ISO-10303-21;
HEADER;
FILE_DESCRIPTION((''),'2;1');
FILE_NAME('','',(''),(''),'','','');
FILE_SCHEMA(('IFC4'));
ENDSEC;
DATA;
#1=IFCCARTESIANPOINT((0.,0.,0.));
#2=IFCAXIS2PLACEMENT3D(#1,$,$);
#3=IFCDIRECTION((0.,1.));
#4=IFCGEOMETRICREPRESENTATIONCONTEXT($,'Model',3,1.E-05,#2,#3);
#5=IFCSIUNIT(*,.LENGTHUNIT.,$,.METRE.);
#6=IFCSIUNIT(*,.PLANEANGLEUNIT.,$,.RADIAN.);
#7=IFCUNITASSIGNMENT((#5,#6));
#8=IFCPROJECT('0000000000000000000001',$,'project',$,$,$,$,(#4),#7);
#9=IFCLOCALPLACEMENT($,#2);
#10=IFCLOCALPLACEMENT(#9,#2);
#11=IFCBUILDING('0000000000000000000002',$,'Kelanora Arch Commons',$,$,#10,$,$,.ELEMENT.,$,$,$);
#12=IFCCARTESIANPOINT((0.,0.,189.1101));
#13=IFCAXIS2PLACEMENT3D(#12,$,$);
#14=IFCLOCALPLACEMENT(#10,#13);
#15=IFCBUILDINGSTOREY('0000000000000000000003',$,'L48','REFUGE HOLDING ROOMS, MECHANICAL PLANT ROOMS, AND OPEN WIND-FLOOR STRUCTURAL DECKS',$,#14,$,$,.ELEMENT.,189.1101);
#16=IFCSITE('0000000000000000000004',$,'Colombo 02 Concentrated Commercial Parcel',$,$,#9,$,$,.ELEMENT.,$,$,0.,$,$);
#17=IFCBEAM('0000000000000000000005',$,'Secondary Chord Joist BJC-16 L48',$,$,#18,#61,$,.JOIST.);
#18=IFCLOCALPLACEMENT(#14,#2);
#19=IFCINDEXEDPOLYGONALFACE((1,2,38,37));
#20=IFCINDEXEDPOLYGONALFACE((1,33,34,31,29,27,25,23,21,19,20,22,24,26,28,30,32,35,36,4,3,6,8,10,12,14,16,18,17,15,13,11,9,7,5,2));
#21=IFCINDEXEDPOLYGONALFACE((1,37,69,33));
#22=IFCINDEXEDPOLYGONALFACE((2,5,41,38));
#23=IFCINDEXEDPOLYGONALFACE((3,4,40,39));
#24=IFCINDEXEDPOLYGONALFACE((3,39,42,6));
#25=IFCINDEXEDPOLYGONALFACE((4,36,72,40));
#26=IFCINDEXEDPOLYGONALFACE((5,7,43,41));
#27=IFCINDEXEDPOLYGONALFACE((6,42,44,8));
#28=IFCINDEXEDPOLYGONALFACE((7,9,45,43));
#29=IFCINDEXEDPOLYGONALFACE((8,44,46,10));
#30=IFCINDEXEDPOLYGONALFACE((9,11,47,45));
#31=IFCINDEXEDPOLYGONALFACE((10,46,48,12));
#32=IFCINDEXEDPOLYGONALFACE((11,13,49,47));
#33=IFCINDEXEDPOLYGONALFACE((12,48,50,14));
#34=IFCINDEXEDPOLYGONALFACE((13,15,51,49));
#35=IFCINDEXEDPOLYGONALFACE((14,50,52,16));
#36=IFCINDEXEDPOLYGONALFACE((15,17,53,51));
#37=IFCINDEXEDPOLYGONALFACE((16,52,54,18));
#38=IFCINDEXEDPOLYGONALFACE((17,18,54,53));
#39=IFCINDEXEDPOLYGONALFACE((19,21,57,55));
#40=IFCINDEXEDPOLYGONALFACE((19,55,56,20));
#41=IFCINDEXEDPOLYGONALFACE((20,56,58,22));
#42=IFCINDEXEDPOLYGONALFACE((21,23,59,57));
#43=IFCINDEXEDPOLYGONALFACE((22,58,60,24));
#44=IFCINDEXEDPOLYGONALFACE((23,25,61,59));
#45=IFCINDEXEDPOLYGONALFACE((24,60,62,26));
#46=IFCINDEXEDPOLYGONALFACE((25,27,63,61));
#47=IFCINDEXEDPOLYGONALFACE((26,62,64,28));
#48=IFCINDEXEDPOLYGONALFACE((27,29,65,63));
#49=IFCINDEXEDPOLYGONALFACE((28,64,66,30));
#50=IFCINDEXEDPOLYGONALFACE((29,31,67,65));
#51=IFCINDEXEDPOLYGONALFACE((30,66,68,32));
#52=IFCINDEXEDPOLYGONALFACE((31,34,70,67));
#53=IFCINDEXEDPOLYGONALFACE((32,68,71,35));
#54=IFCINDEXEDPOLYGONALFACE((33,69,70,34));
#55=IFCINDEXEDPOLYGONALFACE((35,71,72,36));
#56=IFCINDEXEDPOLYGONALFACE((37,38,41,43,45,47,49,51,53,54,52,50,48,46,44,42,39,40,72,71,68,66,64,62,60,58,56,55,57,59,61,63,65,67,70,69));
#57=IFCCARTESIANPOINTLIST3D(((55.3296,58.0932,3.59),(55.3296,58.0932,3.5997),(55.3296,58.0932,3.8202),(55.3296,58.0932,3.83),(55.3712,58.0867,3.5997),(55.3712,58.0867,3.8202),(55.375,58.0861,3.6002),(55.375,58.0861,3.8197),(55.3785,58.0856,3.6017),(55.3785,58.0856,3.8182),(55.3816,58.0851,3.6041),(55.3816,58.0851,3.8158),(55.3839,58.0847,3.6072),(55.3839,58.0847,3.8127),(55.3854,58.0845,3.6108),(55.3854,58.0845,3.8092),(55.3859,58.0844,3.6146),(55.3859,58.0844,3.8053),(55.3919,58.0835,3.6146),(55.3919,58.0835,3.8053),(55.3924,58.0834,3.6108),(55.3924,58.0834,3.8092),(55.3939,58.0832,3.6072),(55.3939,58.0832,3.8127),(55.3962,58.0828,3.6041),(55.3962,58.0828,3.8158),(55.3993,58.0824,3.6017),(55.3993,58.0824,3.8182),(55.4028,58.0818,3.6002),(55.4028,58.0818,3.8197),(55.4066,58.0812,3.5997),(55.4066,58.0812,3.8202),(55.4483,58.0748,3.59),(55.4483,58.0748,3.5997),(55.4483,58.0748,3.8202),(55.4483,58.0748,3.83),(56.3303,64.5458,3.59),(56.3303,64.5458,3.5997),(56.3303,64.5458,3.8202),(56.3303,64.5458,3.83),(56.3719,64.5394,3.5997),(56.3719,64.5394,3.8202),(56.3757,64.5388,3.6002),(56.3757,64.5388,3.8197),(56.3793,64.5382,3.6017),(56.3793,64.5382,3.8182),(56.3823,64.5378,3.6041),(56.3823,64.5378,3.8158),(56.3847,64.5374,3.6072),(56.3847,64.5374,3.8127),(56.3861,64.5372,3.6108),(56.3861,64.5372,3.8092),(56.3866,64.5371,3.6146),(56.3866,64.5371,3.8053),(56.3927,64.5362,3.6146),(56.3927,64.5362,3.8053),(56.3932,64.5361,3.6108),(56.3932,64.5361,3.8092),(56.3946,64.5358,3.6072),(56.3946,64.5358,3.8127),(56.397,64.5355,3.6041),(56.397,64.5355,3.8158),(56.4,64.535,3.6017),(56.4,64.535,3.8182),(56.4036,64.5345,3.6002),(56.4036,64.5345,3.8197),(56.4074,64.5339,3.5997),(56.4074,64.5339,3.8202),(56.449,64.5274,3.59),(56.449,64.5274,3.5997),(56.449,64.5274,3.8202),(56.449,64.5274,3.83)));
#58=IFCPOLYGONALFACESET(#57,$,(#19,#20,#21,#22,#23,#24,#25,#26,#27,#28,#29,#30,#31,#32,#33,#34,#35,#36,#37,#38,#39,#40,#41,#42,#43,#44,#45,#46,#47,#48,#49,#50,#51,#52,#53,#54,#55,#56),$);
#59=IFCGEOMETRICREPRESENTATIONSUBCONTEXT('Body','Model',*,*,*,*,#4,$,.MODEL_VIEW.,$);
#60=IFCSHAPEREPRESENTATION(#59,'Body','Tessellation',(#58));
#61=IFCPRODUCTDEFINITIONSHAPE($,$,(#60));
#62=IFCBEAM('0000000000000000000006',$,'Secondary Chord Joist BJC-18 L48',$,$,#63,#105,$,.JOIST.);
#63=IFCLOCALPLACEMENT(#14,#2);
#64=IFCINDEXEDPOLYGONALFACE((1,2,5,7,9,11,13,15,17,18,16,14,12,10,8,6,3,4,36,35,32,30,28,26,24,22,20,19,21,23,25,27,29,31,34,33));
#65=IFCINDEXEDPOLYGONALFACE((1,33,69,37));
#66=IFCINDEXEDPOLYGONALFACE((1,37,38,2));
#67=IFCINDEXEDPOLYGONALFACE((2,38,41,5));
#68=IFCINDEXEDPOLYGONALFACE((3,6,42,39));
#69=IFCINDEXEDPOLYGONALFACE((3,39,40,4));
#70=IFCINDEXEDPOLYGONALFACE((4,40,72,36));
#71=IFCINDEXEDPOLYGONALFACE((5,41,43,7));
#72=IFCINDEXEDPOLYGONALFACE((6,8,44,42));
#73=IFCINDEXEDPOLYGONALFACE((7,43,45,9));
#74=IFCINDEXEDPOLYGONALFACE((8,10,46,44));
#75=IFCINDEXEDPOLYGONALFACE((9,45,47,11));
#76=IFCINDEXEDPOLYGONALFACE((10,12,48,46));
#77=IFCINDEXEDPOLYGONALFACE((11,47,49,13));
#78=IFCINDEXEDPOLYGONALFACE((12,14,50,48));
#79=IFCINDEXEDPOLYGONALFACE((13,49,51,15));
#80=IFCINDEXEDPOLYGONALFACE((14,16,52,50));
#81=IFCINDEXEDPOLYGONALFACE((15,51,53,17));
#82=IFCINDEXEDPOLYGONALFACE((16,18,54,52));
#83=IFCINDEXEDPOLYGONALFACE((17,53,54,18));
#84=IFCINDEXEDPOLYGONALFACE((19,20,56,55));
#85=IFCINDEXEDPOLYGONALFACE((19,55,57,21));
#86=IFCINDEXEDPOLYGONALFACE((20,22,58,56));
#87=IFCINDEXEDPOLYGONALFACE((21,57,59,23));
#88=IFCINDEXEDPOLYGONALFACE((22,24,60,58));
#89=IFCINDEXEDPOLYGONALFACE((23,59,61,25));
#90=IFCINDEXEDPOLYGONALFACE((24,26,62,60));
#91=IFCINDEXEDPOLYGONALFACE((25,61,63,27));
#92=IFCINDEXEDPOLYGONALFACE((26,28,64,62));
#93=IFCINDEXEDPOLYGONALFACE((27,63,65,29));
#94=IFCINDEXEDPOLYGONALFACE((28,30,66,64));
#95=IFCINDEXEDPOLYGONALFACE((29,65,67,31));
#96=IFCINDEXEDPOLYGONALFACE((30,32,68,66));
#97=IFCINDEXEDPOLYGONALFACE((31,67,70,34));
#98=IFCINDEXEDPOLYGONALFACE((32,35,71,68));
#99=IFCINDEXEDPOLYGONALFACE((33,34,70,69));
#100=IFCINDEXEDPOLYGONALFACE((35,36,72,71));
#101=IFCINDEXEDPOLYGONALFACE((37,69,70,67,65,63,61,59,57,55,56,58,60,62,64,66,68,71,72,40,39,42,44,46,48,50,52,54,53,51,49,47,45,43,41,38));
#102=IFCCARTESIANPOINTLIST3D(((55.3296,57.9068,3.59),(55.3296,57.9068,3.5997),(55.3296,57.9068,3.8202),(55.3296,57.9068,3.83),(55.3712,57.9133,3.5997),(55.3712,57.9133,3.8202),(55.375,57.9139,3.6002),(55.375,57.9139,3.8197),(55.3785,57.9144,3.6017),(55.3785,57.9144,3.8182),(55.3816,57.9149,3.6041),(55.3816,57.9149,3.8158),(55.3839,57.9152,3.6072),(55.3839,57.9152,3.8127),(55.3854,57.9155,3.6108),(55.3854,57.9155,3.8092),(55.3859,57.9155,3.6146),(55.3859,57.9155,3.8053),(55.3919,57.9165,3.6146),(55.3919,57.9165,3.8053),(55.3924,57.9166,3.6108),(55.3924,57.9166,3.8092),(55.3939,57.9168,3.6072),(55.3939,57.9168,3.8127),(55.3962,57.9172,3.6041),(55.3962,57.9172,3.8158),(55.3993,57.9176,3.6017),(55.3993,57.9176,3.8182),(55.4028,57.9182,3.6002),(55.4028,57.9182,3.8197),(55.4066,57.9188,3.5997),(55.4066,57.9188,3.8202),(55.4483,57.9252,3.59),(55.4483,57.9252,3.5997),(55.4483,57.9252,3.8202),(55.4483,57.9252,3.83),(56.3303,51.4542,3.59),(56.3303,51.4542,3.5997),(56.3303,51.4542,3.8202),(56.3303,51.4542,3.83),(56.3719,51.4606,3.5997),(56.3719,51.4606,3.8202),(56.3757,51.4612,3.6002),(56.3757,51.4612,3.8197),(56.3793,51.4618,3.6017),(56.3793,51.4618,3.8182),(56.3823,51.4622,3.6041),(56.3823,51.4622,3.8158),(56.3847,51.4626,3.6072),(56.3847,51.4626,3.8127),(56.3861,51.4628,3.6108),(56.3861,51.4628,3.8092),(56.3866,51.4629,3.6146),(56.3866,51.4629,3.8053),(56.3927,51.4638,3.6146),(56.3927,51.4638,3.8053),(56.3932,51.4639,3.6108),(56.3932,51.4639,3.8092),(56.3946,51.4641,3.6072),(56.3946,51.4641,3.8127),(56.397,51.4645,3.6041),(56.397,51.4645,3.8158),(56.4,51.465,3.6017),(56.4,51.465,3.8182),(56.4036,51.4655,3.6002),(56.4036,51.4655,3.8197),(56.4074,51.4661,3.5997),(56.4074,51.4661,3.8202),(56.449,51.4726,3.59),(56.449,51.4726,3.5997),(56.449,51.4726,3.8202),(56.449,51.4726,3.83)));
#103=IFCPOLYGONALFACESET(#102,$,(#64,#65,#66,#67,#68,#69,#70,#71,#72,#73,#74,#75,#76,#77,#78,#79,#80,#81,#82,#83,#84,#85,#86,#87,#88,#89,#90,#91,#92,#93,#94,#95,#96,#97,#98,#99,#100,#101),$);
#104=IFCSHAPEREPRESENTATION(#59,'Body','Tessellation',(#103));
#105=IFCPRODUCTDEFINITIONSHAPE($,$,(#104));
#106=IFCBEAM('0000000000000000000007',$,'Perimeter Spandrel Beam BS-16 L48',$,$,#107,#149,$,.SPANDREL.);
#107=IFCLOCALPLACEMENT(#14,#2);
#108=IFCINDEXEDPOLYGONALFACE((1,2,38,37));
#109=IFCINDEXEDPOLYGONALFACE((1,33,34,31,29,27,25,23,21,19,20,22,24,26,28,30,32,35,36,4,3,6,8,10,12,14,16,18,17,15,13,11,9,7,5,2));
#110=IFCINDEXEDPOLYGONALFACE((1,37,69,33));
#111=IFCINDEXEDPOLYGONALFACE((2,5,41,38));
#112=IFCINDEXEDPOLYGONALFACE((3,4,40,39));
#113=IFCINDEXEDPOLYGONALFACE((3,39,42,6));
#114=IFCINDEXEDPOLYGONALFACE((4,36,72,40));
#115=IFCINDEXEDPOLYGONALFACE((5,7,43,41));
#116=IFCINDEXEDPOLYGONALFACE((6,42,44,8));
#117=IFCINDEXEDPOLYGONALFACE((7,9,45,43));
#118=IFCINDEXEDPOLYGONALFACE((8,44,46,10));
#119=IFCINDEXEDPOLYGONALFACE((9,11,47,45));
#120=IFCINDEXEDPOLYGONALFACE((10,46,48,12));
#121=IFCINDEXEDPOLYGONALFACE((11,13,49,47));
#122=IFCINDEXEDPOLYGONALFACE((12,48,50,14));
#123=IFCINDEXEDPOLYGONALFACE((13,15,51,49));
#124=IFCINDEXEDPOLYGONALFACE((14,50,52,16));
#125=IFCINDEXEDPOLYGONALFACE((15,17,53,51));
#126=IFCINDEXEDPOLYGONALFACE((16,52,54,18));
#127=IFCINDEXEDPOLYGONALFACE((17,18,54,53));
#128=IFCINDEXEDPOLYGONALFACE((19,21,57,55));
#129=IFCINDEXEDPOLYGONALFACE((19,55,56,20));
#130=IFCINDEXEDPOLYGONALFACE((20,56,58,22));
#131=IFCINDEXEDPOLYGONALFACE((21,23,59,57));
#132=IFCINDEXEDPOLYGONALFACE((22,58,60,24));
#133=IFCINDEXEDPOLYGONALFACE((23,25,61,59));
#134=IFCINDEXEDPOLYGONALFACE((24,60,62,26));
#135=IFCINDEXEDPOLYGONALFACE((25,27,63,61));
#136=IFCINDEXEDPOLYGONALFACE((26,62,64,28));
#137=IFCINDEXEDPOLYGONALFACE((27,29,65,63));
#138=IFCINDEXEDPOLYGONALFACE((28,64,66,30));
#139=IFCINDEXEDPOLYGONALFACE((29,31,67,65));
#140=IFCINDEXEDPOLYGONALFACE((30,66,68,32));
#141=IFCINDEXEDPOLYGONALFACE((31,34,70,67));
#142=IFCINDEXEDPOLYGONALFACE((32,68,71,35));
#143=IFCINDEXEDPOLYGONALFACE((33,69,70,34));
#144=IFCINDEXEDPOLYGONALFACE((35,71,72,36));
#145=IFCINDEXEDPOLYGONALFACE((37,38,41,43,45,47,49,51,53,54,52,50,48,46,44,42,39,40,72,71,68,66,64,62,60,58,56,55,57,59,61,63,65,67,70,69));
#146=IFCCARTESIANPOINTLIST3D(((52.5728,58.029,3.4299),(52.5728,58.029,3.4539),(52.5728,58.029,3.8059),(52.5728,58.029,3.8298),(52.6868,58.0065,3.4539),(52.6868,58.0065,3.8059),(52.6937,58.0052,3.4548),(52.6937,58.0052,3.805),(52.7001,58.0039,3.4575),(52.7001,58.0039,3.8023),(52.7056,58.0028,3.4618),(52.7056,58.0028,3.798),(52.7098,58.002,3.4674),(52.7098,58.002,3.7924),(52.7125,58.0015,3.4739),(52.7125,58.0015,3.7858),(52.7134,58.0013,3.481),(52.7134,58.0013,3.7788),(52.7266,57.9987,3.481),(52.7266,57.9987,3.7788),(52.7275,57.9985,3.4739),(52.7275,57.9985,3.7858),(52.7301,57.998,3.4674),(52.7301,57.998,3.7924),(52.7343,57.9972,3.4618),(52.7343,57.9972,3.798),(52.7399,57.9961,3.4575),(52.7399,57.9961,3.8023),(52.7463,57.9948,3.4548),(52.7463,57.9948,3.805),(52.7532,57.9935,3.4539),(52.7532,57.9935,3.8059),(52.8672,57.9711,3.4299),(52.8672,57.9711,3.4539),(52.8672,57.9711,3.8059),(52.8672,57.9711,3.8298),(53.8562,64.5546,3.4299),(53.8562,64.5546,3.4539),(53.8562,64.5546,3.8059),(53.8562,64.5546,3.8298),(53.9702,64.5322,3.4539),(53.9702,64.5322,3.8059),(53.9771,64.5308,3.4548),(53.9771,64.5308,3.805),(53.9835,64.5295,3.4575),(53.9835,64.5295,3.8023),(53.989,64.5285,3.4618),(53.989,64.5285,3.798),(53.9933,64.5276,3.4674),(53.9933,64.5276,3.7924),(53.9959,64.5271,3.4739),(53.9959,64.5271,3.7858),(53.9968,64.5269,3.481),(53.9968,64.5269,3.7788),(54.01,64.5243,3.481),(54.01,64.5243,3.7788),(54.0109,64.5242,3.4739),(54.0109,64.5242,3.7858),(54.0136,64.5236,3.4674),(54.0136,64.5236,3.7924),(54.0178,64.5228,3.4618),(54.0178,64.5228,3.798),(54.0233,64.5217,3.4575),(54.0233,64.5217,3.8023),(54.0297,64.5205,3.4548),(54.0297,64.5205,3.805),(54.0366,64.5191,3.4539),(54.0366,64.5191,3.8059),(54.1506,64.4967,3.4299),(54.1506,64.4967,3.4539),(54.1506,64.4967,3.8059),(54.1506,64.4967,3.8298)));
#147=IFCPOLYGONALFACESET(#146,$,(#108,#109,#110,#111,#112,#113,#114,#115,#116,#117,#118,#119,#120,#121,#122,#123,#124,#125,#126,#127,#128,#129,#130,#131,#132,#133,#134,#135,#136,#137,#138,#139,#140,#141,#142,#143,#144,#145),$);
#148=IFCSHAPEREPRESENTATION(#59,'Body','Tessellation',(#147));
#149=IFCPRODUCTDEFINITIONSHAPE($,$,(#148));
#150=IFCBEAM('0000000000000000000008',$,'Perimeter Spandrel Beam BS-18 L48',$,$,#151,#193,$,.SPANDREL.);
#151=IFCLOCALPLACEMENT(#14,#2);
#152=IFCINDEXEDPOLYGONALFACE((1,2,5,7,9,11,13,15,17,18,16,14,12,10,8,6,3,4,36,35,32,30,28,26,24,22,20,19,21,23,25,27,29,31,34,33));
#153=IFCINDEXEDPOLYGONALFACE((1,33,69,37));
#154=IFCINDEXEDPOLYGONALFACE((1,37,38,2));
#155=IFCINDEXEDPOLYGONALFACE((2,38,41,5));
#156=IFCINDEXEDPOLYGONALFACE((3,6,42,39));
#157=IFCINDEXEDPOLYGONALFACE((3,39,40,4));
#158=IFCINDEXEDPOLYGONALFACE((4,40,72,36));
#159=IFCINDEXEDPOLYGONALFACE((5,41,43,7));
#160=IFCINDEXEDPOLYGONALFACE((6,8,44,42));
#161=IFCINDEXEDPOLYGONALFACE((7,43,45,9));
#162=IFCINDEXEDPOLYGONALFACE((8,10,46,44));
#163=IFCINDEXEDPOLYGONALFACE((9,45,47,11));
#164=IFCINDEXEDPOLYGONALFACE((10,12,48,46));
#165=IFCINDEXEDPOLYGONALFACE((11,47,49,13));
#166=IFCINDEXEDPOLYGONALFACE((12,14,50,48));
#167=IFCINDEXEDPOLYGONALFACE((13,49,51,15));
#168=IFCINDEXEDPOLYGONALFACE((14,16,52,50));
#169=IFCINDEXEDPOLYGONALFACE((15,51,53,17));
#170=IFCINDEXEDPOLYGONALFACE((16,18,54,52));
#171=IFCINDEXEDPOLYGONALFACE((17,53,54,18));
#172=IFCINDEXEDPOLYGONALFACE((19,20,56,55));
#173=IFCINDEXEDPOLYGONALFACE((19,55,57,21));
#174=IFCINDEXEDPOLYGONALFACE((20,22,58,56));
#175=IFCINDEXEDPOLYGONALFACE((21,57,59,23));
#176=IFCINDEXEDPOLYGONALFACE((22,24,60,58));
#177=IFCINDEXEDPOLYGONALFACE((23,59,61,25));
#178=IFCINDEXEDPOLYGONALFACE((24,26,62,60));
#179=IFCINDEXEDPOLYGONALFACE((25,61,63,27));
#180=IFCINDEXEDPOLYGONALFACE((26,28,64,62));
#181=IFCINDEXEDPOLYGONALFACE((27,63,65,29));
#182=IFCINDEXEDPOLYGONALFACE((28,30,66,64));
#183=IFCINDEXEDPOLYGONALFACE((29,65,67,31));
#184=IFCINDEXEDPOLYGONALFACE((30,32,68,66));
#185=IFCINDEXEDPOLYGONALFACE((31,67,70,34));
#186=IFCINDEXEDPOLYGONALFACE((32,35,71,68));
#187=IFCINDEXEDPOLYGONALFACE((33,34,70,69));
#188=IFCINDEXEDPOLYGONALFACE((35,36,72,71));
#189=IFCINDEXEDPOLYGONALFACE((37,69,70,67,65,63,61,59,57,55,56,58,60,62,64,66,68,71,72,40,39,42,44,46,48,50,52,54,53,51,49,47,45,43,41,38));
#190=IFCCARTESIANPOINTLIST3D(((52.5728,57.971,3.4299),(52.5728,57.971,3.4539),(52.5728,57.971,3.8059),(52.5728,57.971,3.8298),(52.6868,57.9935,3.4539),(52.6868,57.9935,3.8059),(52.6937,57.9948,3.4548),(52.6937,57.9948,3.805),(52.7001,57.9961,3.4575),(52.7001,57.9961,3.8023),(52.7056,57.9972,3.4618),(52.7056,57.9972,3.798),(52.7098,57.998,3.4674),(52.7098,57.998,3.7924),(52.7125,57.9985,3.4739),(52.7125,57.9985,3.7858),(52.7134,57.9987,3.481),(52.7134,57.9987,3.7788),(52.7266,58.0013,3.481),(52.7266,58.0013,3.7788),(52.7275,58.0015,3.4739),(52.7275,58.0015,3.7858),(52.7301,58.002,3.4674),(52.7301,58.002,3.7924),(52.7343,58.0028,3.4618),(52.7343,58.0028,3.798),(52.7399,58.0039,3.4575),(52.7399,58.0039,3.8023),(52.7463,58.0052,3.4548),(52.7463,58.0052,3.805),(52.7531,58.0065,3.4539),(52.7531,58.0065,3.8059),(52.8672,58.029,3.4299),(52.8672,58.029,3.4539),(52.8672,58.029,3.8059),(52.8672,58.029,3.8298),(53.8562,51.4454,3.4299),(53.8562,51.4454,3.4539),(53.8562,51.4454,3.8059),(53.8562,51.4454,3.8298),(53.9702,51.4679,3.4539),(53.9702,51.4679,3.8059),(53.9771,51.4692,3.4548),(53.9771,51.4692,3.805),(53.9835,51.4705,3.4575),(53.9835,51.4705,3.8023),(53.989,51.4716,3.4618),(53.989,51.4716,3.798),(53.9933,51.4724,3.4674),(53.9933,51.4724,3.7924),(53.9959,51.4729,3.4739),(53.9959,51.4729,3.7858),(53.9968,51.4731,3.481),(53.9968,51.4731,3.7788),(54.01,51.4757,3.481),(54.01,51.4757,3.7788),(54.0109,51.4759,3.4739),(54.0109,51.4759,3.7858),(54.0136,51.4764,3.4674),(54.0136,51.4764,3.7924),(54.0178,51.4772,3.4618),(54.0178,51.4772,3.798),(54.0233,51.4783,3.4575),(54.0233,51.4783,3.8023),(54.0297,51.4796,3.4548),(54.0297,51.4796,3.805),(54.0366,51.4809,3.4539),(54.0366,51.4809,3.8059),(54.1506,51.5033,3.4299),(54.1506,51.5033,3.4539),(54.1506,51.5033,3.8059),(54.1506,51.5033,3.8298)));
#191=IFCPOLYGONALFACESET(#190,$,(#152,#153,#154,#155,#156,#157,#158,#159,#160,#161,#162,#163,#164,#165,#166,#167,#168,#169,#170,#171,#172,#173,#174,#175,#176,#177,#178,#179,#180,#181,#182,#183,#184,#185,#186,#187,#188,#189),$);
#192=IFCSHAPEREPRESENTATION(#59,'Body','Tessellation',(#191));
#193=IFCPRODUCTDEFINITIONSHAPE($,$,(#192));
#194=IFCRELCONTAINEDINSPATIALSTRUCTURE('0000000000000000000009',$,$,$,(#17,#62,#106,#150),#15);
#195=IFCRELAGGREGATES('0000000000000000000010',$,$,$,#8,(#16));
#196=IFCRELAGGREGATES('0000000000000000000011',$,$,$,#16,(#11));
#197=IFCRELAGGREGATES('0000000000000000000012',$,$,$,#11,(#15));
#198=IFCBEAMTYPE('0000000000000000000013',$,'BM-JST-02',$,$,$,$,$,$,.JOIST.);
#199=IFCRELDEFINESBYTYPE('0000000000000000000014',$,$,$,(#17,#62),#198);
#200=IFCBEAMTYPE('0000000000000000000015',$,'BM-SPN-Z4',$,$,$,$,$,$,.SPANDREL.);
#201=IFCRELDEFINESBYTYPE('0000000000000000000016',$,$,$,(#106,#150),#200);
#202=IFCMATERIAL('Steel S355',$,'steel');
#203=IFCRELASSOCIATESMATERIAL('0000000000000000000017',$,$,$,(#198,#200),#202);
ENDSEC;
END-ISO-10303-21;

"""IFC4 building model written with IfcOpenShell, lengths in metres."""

from ifc_helpers import new_model, si_unit, direction, frame, origin, origin_2d, place, context, subcontext, project, spatial, i_section, extrude, material, material_profile, profile_set, type_object, element, save


model = new_model("IFC4")

# Units and contexts
model_context = context("Model", 3, precision=1e-05, world=origin(), true_north=direction((0.0, 1.0)))
body_context = subcontext(model_context, "Body", "Model", "MODEL_VIEW")
ifc_project = project(units=[si_unit("LENGTHUNIT", "METRE"), si_unit("PLANEANGLEUNIT", "RADIAN")], contexts=[model_context])

# Site, building, storey
site_placement = place(None, origin())
site = spatial("IfcSite", under=ifc_project, at=site_placement, Name="Colombo 02 Concentrated Commercial Parcel", CompositionType="ELEMENT", RefElevation=0.0)
building_placement = place(site_placement, origin())
building = spatial("IfcBuilding", under=site, at=building_placement, Name="Kelanora Arch Commons", CompositionType="ELEMENT")
storey_placement = place(building_placement, frame((0.0, 0.0, 189.1101)))
storey = spatial("IfcBuildingStorey", under=building, at=storey_placement, Name="L48", Description="REFUGE HOLDING ROOMS, MECHANICAL PLANT ROOMS, AND OPEN WIND-FLOOR STRUCTURAL DECKS", CompositionType="ELEMENT", Elevation=189.1101)

# Beams
ifc_material_1 = material(Name="Steel S355", Category="steel")
ifc_material_profile_1 = material_profile(ifc_material_1, i_section(OverallWidth=0.1201, OverallDepth=0.24, WebThickness=0.0061, FlangeThickness=0.0098, FilletRadius=0.0149, at=origin_2d()), Name="IPE240")
ifc_profile_set_1 = profile_set([ifc_material_profile_1], Name="Steel S355")
beam_type_1 = type_object("IfcBeamType", Name="BM-JST-02", PredefinedType="JOIST", material=ifc_profile_set_1)
for number, where, z_axis, x_axis, name in (
    (1, (56.3896, 64.5366, 3.71), (-0.153257, -0.988186, 0.0), (0.988186, -0.153257, 0.0), "Secondary Chord Joist BJC-16 L48"),
    (2, (55.3889, 57.916, 3.71), (0.153257, -0.988186, 0.0), (0.988186, 0.153257, 0.0), "Secondary Chord Joist BJC-18 L48"),
):
    element("IfcBeam", number, at=place(storey_placement, frame(where, z_axis=z_axis, x_axis=x_axis)), inside=storey, type_object=beam_type_1, Name=name, PredefinedType="JOIST", context=body_context, shape_type="SweptSolid", body=[
        extrude(i_section(OverallWidth=0.1201, OverallDepth=0.24, WebThickness=0.0061, FlangeThickness=0.0098, FilletRadius=0.0149, at=origin_2d()), origin(), (0.0, 0.0, 1.0), 6.5298),
    ])
ifc_material_profile_2 = material_profile(ifc_material_1, i_section(OverallWidth=0.3, OverallDepth=0.3999, WebThickness=0.0134, FlangeThickness=0.0239, FilletRadius=0.0271, at=origin_2d()), Name="HEB400")
ifc_profile_set_2 = profile_set([ifc_material_profile_2], Name="Steel S355")
beam_type_2 = type_object("IfcBeamType", Name="BM-SPN-Z4", PredefinedType="SPANDREL", material=ifc_profile_set_2)
for number, where, z_axis, x_axis, name in (
    (3, (54.0034, 64.5256, 3.6299), (-0.192981, -0.981203, 0.0), (0.981203, -0.192981, 0.0), "Perimeter Spandrel Beam BS-16 L48"),
    (4, (52.72, 58.0, 3.6299), (0.192981, -0.981203, 0.0), (0.981203, 0.192981, 0.0), "Perimeter Spandrel Beam BS-18 L48"),
):
    element("IfcBeam", number, at=place(storey_placement, frame(where, z_axis=z_axis, x_axis=x_axis)), inside=storey, type_object=beam_type_2, Name=name, PredefinedType="SPANDREL", context=body_context, shape_type="SweptSolid", body=[
        extrude(i_section(OverallWidth=0.3, OverallDepth=0.3999, WebThickness=0.0134, FlangeThickness=0.0239, FilletRadius=0.0271, at=origin_2d()), origin(), (0.0, 0.0, 1.0), 6.6506),
    ])

save(model, "model.ifc")
